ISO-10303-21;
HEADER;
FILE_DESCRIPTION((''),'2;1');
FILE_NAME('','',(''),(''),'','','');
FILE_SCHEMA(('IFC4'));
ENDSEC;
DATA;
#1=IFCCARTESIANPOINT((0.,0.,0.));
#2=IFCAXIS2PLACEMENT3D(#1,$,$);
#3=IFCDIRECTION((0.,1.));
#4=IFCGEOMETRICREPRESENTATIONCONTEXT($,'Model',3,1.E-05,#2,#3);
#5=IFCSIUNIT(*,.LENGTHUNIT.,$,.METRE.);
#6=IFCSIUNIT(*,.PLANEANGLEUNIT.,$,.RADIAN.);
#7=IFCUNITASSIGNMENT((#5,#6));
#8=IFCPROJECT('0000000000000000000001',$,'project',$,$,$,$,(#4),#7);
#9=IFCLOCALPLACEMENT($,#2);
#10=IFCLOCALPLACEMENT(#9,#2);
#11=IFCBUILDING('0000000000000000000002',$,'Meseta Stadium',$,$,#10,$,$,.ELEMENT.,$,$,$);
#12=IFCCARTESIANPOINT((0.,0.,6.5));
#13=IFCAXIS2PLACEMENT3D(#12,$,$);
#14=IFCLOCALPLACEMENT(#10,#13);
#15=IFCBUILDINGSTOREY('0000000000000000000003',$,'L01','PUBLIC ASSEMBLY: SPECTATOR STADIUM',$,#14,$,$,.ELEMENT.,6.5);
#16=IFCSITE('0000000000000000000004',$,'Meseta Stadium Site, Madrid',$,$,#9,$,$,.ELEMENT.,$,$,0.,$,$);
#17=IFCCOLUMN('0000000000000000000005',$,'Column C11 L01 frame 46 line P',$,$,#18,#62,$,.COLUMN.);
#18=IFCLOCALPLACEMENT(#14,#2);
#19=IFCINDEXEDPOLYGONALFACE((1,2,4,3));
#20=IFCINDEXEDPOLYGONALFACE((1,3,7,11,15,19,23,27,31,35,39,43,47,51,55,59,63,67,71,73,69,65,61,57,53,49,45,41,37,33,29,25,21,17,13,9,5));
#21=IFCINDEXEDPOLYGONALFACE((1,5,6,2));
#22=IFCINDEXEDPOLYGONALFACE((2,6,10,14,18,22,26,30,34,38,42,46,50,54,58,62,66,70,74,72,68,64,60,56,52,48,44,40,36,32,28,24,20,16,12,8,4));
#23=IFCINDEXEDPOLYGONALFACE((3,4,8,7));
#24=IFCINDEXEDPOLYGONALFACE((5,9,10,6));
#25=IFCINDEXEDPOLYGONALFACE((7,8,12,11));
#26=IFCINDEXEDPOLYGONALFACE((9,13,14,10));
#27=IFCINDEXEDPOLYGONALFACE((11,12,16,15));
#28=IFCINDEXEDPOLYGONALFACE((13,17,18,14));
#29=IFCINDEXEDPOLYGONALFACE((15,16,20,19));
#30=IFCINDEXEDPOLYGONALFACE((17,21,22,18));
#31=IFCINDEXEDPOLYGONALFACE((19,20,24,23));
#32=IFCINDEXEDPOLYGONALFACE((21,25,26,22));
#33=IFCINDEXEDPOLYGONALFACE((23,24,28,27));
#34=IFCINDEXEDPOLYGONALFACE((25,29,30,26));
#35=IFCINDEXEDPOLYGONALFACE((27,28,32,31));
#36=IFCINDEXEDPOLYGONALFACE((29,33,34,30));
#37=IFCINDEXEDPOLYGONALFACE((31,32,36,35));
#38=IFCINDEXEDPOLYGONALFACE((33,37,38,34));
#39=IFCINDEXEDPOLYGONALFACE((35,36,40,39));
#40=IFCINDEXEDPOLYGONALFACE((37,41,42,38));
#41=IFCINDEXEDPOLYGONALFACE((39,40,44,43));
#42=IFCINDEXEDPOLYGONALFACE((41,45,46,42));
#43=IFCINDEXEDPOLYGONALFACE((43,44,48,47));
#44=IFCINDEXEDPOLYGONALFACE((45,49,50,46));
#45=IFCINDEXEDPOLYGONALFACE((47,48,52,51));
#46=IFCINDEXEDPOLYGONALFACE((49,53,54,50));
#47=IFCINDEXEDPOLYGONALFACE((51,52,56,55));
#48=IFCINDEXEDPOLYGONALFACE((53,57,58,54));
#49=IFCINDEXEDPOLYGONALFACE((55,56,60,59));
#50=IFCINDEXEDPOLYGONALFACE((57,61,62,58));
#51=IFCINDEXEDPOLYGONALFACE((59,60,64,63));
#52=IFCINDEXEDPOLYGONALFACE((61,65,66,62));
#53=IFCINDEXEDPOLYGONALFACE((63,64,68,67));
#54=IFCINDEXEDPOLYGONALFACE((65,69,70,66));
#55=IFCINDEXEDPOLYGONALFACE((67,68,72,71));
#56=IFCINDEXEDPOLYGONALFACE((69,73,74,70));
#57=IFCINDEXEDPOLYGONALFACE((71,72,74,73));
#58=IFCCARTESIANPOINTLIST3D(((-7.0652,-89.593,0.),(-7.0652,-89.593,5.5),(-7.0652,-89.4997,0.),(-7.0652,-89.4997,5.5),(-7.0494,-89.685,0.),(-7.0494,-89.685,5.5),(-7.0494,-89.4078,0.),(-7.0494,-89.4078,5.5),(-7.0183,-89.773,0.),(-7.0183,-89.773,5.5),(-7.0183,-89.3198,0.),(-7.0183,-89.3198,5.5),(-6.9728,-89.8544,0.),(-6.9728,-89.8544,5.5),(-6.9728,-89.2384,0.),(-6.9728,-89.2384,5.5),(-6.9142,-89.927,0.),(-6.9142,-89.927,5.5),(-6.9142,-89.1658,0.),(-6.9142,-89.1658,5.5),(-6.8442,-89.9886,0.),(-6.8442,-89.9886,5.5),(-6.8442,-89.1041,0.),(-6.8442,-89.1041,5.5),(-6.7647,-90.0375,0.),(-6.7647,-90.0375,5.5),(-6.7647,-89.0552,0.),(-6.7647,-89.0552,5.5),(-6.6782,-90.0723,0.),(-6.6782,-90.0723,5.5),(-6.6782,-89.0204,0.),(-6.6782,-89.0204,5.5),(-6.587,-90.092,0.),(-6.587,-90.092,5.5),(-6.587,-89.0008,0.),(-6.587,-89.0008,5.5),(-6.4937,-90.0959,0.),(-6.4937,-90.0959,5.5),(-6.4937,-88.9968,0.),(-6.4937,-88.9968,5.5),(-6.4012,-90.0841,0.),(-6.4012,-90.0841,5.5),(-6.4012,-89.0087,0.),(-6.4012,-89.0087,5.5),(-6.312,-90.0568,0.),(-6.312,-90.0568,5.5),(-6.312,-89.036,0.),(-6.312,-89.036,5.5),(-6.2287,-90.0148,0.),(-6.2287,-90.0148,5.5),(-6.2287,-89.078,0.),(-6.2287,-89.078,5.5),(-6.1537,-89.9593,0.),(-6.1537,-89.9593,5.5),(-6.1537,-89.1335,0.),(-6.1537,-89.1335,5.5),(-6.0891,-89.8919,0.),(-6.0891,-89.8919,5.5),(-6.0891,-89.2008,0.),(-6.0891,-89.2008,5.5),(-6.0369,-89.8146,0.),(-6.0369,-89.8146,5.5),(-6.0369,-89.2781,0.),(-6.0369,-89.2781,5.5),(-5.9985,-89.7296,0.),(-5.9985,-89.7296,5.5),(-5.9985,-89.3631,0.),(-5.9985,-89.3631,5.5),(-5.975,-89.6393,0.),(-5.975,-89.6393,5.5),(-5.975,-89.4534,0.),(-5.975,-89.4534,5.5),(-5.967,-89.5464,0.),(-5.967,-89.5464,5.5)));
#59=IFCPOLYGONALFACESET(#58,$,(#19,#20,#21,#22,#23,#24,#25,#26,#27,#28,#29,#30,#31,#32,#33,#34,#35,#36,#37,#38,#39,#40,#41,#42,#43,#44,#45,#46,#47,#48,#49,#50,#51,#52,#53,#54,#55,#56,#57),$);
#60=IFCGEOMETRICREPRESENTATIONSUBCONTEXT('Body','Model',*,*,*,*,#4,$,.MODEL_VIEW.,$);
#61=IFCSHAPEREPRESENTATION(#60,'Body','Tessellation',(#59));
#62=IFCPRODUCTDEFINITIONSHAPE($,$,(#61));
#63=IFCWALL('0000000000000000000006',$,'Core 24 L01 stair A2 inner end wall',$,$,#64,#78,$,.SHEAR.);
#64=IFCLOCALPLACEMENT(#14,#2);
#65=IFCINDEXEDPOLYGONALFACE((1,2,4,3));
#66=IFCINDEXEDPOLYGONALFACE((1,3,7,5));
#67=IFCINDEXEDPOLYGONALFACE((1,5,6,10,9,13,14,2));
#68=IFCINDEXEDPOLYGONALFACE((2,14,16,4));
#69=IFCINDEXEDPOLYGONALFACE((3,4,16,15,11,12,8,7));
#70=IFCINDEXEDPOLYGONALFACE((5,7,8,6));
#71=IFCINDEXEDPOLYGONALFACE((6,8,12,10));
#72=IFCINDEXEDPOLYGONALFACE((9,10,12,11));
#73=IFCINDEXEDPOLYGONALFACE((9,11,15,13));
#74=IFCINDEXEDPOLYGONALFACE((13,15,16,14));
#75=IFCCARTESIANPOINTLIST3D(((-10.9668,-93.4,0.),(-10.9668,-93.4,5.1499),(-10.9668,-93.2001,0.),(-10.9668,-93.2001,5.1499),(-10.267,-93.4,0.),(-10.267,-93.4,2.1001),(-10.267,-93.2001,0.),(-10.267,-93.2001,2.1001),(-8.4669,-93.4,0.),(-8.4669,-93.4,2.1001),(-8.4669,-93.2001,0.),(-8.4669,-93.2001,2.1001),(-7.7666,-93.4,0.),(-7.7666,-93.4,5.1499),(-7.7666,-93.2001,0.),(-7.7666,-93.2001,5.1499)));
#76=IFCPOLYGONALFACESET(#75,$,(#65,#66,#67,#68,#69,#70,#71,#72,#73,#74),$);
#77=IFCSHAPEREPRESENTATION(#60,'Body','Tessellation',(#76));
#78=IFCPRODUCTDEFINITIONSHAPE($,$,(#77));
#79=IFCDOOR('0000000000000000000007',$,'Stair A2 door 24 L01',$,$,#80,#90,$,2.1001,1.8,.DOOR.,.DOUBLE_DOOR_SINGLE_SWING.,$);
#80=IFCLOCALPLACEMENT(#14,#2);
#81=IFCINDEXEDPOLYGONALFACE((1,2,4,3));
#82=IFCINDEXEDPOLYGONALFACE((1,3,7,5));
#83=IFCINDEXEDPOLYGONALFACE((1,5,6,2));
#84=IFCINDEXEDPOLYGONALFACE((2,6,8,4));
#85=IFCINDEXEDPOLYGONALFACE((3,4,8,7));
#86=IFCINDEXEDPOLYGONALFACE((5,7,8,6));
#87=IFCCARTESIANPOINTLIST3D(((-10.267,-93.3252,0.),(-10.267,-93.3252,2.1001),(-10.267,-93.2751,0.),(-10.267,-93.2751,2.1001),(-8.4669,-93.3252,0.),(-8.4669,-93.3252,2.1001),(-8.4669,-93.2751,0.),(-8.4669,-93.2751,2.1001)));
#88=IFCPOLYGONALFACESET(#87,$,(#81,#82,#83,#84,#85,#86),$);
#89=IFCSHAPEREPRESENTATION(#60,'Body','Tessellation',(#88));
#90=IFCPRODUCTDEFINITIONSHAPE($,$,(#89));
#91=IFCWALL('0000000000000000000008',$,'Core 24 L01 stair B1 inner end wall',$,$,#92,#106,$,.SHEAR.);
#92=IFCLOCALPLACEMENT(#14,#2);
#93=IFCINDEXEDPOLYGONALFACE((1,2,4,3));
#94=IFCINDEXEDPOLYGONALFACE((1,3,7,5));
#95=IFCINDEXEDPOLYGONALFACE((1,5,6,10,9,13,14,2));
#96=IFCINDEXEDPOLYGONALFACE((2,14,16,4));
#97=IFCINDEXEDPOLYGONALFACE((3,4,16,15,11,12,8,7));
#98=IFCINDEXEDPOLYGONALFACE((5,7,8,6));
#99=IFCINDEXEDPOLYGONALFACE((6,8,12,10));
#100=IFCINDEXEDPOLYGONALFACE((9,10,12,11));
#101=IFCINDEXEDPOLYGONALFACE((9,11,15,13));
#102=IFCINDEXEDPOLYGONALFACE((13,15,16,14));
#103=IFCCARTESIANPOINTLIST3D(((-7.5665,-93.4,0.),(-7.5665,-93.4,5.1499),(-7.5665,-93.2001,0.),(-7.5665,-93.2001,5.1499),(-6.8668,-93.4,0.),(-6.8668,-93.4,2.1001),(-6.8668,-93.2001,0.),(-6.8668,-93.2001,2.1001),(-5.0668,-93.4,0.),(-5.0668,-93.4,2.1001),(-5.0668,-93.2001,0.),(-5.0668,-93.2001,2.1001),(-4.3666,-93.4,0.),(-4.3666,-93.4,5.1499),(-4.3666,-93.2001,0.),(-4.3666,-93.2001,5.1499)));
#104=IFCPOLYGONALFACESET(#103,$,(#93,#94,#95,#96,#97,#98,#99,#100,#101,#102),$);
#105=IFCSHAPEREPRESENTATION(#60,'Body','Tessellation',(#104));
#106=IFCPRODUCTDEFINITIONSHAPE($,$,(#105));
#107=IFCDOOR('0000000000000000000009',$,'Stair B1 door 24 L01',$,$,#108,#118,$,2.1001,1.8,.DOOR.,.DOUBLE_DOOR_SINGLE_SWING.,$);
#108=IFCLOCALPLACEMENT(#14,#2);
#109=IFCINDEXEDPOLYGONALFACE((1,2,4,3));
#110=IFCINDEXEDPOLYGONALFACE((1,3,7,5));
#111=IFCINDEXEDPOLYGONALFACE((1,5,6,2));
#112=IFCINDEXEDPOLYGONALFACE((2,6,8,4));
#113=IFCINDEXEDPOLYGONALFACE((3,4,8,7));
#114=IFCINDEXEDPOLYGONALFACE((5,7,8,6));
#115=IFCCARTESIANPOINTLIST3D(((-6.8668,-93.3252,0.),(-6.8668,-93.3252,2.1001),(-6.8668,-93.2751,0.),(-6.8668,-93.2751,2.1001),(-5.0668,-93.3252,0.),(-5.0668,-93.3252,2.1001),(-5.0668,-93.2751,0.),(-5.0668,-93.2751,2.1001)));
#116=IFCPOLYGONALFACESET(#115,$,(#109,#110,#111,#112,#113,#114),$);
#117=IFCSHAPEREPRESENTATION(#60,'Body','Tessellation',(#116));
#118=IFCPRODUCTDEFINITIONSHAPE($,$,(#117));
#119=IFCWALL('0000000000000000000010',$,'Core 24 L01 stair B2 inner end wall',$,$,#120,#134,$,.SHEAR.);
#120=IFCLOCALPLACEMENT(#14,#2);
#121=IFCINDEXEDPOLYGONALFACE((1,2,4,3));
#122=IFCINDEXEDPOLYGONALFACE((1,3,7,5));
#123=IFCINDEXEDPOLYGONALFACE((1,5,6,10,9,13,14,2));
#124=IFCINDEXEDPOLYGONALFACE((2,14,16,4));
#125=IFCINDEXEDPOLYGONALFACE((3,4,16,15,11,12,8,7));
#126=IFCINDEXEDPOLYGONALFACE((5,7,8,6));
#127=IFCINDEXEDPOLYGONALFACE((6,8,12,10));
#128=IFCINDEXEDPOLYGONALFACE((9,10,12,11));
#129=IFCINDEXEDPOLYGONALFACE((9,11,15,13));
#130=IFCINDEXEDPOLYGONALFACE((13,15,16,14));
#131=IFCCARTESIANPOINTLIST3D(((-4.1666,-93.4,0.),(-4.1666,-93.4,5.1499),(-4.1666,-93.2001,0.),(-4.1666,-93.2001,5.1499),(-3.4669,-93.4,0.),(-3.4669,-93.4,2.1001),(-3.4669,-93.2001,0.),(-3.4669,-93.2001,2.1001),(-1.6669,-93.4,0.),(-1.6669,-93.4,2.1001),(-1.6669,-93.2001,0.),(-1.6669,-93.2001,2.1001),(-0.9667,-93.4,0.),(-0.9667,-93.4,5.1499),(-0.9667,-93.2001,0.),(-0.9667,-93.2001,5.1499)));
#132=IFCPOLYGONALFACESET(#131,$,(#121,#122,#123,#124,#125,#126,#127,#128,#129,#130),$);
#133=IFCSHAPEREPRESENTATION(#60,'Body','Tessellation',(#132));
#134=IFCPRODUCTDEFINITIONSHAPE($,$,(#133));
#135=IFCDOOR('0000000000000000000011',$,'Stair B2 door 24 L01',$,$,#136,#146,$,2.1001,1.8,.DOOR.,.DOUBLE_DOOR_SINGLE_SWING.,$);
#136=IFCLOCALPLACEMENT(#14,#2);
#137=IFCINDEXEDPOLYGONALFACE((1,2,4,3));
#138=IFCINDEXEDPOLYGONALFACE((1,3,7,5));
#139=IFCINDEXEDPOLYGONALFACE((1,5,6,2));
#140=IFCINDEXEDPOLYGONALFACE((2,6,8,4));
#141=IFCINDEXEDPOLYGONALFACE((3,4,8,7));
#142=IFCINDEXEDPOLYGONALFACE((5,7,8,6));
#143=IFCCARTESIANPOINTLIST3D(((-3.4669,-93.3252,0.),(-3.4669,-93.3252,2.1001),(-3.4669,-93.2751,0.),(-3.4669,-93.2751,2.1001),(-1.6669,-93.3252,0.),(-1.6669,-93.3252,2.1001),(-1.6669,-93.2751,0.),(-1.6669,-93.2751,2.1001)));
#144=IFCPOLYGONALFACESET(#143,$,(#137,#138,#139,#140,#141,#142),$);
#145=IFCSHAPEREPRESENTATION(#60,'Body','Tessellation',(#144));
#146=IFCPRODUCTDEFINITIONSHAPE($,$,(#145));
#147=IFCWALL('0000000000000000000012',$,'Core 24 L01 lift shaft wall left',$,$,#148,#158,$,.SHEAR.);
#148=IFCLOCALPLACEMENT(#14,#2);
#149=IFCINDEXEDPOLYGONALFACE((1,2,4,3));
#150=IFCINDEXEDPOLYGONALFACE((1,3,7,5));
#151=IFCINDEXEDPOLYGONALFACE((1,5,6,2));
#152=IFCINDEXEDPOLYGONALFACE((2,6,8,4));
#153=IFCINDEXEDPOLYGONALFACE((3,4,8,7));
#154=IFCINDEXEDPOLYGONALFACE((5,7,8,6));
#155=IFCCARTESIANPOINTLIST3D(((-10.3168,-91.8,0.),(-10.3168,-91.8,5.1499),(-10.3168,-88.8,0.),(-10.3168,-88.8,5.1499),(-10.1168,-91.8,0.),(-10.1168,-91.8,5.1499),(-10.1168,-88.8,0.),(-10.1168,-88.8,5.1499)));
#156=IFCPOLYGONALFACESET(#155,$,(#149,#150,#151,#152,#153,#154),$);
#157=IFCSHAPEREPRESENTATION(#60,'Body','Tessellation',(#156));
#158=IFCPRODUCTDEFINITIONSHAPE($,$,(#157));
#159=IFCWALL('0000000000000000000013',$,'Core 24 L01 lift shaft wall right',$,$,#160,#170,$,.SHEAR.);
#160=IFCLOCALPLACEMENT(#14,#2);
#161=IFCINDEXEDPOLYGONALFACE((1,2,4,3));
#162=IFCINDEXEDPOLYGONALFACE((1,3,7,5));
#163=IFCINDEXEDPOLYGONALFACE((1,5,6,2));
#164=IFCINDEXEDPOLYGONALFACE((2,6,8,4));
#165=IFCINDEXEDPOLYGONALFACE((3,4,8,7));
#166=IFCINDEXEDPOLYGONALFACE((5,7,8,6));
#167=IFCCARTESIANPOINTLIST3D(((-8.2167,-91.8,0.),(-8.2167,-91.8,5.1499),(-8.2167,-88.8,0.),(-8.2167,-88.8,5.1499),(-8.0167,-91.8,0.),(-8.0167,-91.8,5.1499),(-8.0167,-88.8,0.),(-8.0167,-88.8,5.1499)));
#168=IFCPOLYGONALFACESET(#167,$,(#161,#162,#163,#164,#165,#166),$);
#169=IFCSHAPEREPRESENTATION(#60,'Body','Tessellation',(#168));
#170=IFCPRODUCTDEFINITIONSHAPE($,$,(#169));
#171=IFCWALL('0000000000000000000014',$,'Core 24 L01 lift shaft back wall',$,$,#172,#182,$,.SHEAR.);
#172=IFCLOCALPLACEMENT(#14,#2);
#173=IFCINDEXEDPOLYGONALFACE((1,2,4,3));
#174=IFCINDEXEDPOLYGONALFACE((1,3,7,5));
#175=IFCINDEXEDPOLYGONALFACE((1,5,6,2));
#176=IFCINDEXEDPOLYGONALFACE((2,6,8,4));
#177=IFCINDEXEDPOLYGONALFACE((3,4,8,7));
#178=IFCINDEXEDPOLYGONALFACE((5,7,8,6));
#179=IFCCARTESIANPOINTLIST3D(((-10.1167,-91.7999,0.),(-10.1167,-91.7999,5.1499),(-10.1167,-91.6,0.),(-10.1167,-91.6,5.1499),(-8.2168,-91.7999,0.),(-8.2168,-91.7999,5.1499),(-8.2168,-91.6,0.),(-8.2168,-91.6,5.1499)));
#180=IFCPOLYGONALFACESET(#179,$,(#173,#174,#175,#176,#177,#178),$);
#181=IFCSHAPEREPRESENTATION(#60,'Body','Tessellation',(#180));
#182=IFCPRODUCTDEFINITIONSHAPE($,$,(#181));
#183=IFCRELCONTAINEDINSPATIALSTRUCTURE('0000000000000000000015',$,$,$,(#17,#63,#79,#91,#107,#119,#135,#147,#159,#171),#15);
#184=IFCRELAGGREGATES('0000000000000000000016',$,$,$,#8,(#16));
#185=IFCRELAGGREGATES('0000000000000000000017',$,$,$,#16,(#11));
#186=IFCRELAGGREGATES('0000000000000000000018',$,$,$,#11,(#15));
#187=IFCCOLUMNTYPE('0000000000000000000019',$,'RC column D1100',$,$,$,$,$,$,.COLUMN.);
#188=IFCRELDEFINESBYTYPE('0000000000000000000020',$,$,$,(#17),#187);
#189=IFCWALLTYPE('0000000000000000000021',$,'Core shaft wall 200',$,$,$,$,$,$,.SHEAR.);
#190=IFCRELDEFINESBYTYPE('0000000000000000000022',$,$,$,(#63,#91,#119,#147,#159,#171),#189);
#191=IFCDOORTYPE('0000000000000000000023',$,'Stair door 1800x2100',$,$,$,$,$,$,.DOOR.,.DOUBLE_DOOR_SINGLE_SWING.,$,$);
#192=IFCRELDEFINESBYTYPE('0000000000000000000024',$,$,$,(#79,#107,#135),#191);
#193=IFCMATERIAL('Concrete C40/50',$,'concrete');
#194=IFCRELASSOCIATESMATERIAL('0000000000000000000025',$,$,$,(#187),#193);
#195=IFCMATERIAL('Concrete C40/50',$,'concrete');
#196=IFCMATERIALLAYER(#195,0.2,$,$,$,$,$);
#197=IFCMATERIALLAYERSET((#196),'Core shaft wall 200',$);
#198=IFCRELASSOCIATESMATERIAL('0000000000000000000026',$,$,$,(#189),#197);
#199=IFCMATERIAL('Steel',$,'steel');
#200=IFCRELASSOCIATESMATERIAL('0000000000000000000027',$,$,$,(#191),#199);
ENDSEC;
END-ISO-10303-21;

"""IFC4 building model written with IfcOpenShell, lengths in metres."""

from ifc_helpers import new_model, si_unit, direction, frame, frame_2d, origin, origin_2d, place, context, subcontext, project, spatial, rectangle, circle, extrude, material, layer, layer_set, material_profile, profile_set, type_object, element, fill, save


model = new_model("IFC4")

# Units and contexts
model_context = context("Model", 3, precision=1e-05, world=origin(), true_north=direction((0.0, 1.0)))
body_context = subcontext(model_context, "Body", "Model", "MODEL_VIEW")
ifc_project = project(units=[si_unit("LENGTHUNIT", "METRE"), si_unit("PLANEANGLEUNIT", "RADIAN")], contexts=[model_context])

# Site, building, storey
site_placement = place(None, origin())
site = spatial("IfcSite", under=ifc_project, at=site_placement, Name="Meseta Stadium Site, Madrid", CompositionType="ELEMENT", RefElevation=0.0)
building_placement = place(site_placement, origin())
building = spatial("IfcBuilding", under=site, at=building_placement, Name="Meseta Stadium", CompositionType="ELEMENT")
storey_placement = place(building_placement, frame((0.0, 0.0, 6.5)))
storey = spatial("IfcBuildingStorey", under=building, at=storey_placement, Name="L01", Description="PUBLIC ASSEMBLY: SPECTATOR STADIUM", CompositionType="ELEMENT", Elevation=6.5)

# Column
ifc_material_1 = material(Name="Concrete C40/50", Category="concrete")
ifc_material_profile = material_profile(ifc_material_1, circle(Radius=0.55, at=origin_2d()), Name="RC D1100")
ifc_profile_set = profile_set([ifc_material_profile], Name="Concrete C40/50")
column_type = type_object("IfcColumnType", Name="RC column D1100", PredefinedType="COLUMN", material=ifc_profile_set)
column_placement = place(storey_placement, frame((-6.5171, -89.5464, 0.0), z_axis=(0.0, 0.0, 1.0), x_axis=(1.0, 0.0, 0.0)))
element("IfcColumn", 1, at=column_placement, inside=storey, type_object=column_type, Name="Column C11 L01 frame 46 line P", PredefinedType="COLUMN", context=body_context, shape_type="SweptSolid", body=[
    extrude(circle(Radius=0.55, at=origin_2d()), origin(), (0.0, 0.0, 1.0), 5.5),
])

# Walls, openings, doors
ifc_material_2 = material(Name="Concrete C40/50", Category="concrete")
ifc_layer_1 = layer(ifc_material_2, 0.2)
ifc_layer_set_1 = layer_set([ifc_layer_1], Name="Core shaft wall 200")
wall_type_1 = type_object("IfcWallType", Name="Core shaft wall 200", PredefinedType="SHEAR", material=ifc_layer_set_1)
wall_1_placement = place(storey_placement, frame((-10.9668, -93.3, 0.0), z_axis=(0.0, 0.0, 1.0), x_axis=(1.0, 0.0, 0.0)))
wall_1 = element("IfcWall", 2, at=wall_1_placement, inside=storey, type_object=wall_type_1, Name="Core 24 L01 stair A2 inner end wall", PredefinedType="SHEAR", context=body_context, shape_type="SweptSolid", body=[
    extrude(rectangle(XDim=3.2002, YDim=0.2, at=frame_2d((1.6001, 0.0))), origin(), (0.0, 0.0, 1.0), 5.1499),
])
opening_1_placement = place(wall_1_placement, frame((0.7, 0.0, 0.0)))
opening_1 = element("IfcOpeningElement", 3, at=opening_1_placement, cuts=wall_1, PredefinedType="OPENING", context=body_context, shape_type="SweptSolid", body=[
    extrude(rectangle(XDim=1.8, YDim=2.1001, at=frame_2d((0.8999, 1.05))), frame((0.0, 0.1099, 0.0), z_axis=(0.0, -1.0, 0.0), x_axis=(1.0, 0.0, 0.0)), (0.0, 0.0, 1.0), 0.22),
])
ifc_material_3 = material(Name="Steel", Category="steel")
door_type = type_object("IfcDoorType", Name="Stair door 1800x2100", OperationType="DOUBLE_DOOR_SINGLE_SWING", PredefinedType="DOOR", material=ifc_material_3)
door_1_placement = place(opening_1_placement, origin())
door_1 = element("IfcDoor", 4, at=door_1_placement, inside=storey, type_object=door_type, Name="Stair A2 door 24 L01", OperationType="DOUBLE_DOOR_SINGLE_SWING", OverallHeight=2.1001, OverallWidth=1.8, PredefinedType="DOOR", context=body_context, shape_type="SweptSolid", body=[
    extrude(rectangle(XDim=1.8, YDim=2.1001, at=frame_2d((0.8999, 1.05))), frame((0.0, 0.0249, 0.0), z_axis=(0.0, -1.0, 0.0), x_axis=(1.0, 0.0, 0.0)), (0.0, 0.0, 1.0), 0.05),
])
fill(opening_1, door_1)
wall_2_placement = place(storey_placement, frame((-7.5667, -93.3, 0.0), z_axis=(0.0, 0.0, 1.0), x_axis=(1.0, 0.0, 0.0)))
wall_2 = element("IfcWall", 5, at=wall_2_placement, inside=storey, type_object=wall_type_1, Name="Core 24 L01 stair B1 inner end wall", PredefinedType="SHEAR", context=body_context, shape_type="SweptSolid", body=[
    extrude(rectangle(XDim=3.2, YDim=0.2, at=frame_2d((1.6001, 0.0))), origin(), (0.0, 0.0, 1.0), 5.1499),
])
opening_2_placement = place(wall_2_placement, frame((0.7, 0.0, 0.0)))
opening_2 = element("IfcOpeningElement", 6, at=opening_2_placement, cuts=wall_2, PredefinedType="OPENING", context=body_context, shape_type="SweptSolid", body=[
    extrude(rectangle(XDim=1.8, YDim=2.1001, at=frame_2d((0.8999, 1.05))), frame((0.0, 0.1099, 0.0), z_axis=(0.0, -1.0, 0.0), x_axis=(1.0, 0.0, 0.0)), (0.0, 0.0, 1.0), 0.22),
])
door_2_placement = place(opening_2_placement, origin())
door_2 = element("IfcDoor", 7, at=door_2_placement, inside=storey, type_object=door_type, Name="Stair B1 door 24 L01", OperationType="DOUBLE_DOOR_SINGLE_SWING", OverallHeight=2.1001, OverallWidth=1.8, PredefinedType="DOOR", context=body_context, shape_type="SweptSolid", body=[
    extrude(rectangle(XDim=1.8, YDim=2.1001, at=frame_2d((0.8999, 1.05))), frame((0.0, 0.0249, 0.0), z_axis=(0.0, -1.0, 0.0), x_axis=(1.0, 0.0, 0.0)), (0.0, 0.0, 1.0), 0.05),
])
fill(opening_2, door_2)
wall_3_placement = place(storey_placement, frame((-4.1667, -93.3, 0.0), z_axis=(0.0, 0.0, 1.0), x_axis=(1.0, 0.0, 0.0)))
wall_3 = element("IfcWall", 8, at=wall_3_placement, inside=storey, type_object=wall_type_1, Name="Core 24 L01 stair B2 inner end wall", PredefinedType="SHEAR", context=body_context, shape_type="SweptSolid", body=[
    extrude(rectangle(XDim=3.2, YDim=0.2, at=frame_2d((1.6001, 0.0))), origin(), (0.0, 0.0, 1.0), 5.1499),
])
opening_3_placement = place(wall_3_placement, frame((0.7, 0.0, 0.0)))
opening_3 = element("IfcOpeningElement", 9, at=opening_3_placement, cuts=wall_3, PredefinedType="OPENING", context=body_context, shape_type="SweptSolid", body=[
    extrude(rectangle(XDim=1.8, YDim=2.1001, at=frame_2d((0.8999, 1.05))), frame((0.0, 0.1099, 0.0), z_axis=(0.0, -1.0, 0.0), x_axis=(1.0, 0.0, 0.0)), (0.0, 0.0, 1.0), 0.22),
])
door_3_placement = place(opening_3_placement, origin())
door_3 = element("IfcDoor", 10, at=door_3_placement, inside=storey, type_object=door_type, Name="Stair B2 door 24 L01", OperationType="DOUBLE_DOOR_SINGLE_SWING", OverallHeight=2.1001, OverallWidth=1.8, PredefinedType="DOOR", context=body_context, shape_type="SweptSolid", body=[
    extrude(rectangle(XDim=1.8, YDim=2.1001, at=frame_2d((0.8999, 1.05))), frame((0.0, 0.0249, 0.0), z_axis=(0.0, -1.0, 0.0), x_axis=(1.0, 0.0, 0.0)), (0.0, 0.0, 1.0), 0.05),
])
fill(opening_3, door_3)

# Walls
for number, where, z_axis, x_axis, name in (
    (11, (-10.2168, -91.8, 0.0), (0.0, 0.0, 1.0), (0.0, 1.0, 0.0), "Core 24 L01 lift shaft wall left"),
    (12, (-8.1167, -91.8, 0.0), (0.0, 0.0, 1.0), (0.0, 1.0, 0.0), "Core 24 L01 lift shaft wall right"),
):
    element("IfcWall", number, at=place(storey_placement, frame(where, z_axis=z_axis, x_axis=x_axis)), inside=storey, type_object=wall_type_1, Name=name, PredefinedType="SHEAR", context=body_context, shape_type="SweptSolid", body=[
        extrude(rectangle(XDim=3.0, YDim=0.2, at=frame_2d((1.5, 0.0))), origin(), (0.0, 0.0, 1.0), 5.1499),
    ])
wall_4_placement = place(storey_placement, frame((-10.1167, -91.7, 0.0), z_axis=(0.0, 0.0, 1.0), x_axis=(1.0, 0.0, 0.0)))
element("IfcWall", 13, at=wall_4_placement, inside=storey, type_object=wall_type_1, Name="Core 24 L01 lift shaft back wall", PredefinedType="SHEAR", context=body_context, shape_type="SweptSolid", body=[
    extrude(rectangle(XDim=1.8999, YDim=0.2, at=frame_2d((0.95, 0.0))), origin(), (0.0, 0.0, 1.0), 5.1499),
])

save(model, "model.ifc")
